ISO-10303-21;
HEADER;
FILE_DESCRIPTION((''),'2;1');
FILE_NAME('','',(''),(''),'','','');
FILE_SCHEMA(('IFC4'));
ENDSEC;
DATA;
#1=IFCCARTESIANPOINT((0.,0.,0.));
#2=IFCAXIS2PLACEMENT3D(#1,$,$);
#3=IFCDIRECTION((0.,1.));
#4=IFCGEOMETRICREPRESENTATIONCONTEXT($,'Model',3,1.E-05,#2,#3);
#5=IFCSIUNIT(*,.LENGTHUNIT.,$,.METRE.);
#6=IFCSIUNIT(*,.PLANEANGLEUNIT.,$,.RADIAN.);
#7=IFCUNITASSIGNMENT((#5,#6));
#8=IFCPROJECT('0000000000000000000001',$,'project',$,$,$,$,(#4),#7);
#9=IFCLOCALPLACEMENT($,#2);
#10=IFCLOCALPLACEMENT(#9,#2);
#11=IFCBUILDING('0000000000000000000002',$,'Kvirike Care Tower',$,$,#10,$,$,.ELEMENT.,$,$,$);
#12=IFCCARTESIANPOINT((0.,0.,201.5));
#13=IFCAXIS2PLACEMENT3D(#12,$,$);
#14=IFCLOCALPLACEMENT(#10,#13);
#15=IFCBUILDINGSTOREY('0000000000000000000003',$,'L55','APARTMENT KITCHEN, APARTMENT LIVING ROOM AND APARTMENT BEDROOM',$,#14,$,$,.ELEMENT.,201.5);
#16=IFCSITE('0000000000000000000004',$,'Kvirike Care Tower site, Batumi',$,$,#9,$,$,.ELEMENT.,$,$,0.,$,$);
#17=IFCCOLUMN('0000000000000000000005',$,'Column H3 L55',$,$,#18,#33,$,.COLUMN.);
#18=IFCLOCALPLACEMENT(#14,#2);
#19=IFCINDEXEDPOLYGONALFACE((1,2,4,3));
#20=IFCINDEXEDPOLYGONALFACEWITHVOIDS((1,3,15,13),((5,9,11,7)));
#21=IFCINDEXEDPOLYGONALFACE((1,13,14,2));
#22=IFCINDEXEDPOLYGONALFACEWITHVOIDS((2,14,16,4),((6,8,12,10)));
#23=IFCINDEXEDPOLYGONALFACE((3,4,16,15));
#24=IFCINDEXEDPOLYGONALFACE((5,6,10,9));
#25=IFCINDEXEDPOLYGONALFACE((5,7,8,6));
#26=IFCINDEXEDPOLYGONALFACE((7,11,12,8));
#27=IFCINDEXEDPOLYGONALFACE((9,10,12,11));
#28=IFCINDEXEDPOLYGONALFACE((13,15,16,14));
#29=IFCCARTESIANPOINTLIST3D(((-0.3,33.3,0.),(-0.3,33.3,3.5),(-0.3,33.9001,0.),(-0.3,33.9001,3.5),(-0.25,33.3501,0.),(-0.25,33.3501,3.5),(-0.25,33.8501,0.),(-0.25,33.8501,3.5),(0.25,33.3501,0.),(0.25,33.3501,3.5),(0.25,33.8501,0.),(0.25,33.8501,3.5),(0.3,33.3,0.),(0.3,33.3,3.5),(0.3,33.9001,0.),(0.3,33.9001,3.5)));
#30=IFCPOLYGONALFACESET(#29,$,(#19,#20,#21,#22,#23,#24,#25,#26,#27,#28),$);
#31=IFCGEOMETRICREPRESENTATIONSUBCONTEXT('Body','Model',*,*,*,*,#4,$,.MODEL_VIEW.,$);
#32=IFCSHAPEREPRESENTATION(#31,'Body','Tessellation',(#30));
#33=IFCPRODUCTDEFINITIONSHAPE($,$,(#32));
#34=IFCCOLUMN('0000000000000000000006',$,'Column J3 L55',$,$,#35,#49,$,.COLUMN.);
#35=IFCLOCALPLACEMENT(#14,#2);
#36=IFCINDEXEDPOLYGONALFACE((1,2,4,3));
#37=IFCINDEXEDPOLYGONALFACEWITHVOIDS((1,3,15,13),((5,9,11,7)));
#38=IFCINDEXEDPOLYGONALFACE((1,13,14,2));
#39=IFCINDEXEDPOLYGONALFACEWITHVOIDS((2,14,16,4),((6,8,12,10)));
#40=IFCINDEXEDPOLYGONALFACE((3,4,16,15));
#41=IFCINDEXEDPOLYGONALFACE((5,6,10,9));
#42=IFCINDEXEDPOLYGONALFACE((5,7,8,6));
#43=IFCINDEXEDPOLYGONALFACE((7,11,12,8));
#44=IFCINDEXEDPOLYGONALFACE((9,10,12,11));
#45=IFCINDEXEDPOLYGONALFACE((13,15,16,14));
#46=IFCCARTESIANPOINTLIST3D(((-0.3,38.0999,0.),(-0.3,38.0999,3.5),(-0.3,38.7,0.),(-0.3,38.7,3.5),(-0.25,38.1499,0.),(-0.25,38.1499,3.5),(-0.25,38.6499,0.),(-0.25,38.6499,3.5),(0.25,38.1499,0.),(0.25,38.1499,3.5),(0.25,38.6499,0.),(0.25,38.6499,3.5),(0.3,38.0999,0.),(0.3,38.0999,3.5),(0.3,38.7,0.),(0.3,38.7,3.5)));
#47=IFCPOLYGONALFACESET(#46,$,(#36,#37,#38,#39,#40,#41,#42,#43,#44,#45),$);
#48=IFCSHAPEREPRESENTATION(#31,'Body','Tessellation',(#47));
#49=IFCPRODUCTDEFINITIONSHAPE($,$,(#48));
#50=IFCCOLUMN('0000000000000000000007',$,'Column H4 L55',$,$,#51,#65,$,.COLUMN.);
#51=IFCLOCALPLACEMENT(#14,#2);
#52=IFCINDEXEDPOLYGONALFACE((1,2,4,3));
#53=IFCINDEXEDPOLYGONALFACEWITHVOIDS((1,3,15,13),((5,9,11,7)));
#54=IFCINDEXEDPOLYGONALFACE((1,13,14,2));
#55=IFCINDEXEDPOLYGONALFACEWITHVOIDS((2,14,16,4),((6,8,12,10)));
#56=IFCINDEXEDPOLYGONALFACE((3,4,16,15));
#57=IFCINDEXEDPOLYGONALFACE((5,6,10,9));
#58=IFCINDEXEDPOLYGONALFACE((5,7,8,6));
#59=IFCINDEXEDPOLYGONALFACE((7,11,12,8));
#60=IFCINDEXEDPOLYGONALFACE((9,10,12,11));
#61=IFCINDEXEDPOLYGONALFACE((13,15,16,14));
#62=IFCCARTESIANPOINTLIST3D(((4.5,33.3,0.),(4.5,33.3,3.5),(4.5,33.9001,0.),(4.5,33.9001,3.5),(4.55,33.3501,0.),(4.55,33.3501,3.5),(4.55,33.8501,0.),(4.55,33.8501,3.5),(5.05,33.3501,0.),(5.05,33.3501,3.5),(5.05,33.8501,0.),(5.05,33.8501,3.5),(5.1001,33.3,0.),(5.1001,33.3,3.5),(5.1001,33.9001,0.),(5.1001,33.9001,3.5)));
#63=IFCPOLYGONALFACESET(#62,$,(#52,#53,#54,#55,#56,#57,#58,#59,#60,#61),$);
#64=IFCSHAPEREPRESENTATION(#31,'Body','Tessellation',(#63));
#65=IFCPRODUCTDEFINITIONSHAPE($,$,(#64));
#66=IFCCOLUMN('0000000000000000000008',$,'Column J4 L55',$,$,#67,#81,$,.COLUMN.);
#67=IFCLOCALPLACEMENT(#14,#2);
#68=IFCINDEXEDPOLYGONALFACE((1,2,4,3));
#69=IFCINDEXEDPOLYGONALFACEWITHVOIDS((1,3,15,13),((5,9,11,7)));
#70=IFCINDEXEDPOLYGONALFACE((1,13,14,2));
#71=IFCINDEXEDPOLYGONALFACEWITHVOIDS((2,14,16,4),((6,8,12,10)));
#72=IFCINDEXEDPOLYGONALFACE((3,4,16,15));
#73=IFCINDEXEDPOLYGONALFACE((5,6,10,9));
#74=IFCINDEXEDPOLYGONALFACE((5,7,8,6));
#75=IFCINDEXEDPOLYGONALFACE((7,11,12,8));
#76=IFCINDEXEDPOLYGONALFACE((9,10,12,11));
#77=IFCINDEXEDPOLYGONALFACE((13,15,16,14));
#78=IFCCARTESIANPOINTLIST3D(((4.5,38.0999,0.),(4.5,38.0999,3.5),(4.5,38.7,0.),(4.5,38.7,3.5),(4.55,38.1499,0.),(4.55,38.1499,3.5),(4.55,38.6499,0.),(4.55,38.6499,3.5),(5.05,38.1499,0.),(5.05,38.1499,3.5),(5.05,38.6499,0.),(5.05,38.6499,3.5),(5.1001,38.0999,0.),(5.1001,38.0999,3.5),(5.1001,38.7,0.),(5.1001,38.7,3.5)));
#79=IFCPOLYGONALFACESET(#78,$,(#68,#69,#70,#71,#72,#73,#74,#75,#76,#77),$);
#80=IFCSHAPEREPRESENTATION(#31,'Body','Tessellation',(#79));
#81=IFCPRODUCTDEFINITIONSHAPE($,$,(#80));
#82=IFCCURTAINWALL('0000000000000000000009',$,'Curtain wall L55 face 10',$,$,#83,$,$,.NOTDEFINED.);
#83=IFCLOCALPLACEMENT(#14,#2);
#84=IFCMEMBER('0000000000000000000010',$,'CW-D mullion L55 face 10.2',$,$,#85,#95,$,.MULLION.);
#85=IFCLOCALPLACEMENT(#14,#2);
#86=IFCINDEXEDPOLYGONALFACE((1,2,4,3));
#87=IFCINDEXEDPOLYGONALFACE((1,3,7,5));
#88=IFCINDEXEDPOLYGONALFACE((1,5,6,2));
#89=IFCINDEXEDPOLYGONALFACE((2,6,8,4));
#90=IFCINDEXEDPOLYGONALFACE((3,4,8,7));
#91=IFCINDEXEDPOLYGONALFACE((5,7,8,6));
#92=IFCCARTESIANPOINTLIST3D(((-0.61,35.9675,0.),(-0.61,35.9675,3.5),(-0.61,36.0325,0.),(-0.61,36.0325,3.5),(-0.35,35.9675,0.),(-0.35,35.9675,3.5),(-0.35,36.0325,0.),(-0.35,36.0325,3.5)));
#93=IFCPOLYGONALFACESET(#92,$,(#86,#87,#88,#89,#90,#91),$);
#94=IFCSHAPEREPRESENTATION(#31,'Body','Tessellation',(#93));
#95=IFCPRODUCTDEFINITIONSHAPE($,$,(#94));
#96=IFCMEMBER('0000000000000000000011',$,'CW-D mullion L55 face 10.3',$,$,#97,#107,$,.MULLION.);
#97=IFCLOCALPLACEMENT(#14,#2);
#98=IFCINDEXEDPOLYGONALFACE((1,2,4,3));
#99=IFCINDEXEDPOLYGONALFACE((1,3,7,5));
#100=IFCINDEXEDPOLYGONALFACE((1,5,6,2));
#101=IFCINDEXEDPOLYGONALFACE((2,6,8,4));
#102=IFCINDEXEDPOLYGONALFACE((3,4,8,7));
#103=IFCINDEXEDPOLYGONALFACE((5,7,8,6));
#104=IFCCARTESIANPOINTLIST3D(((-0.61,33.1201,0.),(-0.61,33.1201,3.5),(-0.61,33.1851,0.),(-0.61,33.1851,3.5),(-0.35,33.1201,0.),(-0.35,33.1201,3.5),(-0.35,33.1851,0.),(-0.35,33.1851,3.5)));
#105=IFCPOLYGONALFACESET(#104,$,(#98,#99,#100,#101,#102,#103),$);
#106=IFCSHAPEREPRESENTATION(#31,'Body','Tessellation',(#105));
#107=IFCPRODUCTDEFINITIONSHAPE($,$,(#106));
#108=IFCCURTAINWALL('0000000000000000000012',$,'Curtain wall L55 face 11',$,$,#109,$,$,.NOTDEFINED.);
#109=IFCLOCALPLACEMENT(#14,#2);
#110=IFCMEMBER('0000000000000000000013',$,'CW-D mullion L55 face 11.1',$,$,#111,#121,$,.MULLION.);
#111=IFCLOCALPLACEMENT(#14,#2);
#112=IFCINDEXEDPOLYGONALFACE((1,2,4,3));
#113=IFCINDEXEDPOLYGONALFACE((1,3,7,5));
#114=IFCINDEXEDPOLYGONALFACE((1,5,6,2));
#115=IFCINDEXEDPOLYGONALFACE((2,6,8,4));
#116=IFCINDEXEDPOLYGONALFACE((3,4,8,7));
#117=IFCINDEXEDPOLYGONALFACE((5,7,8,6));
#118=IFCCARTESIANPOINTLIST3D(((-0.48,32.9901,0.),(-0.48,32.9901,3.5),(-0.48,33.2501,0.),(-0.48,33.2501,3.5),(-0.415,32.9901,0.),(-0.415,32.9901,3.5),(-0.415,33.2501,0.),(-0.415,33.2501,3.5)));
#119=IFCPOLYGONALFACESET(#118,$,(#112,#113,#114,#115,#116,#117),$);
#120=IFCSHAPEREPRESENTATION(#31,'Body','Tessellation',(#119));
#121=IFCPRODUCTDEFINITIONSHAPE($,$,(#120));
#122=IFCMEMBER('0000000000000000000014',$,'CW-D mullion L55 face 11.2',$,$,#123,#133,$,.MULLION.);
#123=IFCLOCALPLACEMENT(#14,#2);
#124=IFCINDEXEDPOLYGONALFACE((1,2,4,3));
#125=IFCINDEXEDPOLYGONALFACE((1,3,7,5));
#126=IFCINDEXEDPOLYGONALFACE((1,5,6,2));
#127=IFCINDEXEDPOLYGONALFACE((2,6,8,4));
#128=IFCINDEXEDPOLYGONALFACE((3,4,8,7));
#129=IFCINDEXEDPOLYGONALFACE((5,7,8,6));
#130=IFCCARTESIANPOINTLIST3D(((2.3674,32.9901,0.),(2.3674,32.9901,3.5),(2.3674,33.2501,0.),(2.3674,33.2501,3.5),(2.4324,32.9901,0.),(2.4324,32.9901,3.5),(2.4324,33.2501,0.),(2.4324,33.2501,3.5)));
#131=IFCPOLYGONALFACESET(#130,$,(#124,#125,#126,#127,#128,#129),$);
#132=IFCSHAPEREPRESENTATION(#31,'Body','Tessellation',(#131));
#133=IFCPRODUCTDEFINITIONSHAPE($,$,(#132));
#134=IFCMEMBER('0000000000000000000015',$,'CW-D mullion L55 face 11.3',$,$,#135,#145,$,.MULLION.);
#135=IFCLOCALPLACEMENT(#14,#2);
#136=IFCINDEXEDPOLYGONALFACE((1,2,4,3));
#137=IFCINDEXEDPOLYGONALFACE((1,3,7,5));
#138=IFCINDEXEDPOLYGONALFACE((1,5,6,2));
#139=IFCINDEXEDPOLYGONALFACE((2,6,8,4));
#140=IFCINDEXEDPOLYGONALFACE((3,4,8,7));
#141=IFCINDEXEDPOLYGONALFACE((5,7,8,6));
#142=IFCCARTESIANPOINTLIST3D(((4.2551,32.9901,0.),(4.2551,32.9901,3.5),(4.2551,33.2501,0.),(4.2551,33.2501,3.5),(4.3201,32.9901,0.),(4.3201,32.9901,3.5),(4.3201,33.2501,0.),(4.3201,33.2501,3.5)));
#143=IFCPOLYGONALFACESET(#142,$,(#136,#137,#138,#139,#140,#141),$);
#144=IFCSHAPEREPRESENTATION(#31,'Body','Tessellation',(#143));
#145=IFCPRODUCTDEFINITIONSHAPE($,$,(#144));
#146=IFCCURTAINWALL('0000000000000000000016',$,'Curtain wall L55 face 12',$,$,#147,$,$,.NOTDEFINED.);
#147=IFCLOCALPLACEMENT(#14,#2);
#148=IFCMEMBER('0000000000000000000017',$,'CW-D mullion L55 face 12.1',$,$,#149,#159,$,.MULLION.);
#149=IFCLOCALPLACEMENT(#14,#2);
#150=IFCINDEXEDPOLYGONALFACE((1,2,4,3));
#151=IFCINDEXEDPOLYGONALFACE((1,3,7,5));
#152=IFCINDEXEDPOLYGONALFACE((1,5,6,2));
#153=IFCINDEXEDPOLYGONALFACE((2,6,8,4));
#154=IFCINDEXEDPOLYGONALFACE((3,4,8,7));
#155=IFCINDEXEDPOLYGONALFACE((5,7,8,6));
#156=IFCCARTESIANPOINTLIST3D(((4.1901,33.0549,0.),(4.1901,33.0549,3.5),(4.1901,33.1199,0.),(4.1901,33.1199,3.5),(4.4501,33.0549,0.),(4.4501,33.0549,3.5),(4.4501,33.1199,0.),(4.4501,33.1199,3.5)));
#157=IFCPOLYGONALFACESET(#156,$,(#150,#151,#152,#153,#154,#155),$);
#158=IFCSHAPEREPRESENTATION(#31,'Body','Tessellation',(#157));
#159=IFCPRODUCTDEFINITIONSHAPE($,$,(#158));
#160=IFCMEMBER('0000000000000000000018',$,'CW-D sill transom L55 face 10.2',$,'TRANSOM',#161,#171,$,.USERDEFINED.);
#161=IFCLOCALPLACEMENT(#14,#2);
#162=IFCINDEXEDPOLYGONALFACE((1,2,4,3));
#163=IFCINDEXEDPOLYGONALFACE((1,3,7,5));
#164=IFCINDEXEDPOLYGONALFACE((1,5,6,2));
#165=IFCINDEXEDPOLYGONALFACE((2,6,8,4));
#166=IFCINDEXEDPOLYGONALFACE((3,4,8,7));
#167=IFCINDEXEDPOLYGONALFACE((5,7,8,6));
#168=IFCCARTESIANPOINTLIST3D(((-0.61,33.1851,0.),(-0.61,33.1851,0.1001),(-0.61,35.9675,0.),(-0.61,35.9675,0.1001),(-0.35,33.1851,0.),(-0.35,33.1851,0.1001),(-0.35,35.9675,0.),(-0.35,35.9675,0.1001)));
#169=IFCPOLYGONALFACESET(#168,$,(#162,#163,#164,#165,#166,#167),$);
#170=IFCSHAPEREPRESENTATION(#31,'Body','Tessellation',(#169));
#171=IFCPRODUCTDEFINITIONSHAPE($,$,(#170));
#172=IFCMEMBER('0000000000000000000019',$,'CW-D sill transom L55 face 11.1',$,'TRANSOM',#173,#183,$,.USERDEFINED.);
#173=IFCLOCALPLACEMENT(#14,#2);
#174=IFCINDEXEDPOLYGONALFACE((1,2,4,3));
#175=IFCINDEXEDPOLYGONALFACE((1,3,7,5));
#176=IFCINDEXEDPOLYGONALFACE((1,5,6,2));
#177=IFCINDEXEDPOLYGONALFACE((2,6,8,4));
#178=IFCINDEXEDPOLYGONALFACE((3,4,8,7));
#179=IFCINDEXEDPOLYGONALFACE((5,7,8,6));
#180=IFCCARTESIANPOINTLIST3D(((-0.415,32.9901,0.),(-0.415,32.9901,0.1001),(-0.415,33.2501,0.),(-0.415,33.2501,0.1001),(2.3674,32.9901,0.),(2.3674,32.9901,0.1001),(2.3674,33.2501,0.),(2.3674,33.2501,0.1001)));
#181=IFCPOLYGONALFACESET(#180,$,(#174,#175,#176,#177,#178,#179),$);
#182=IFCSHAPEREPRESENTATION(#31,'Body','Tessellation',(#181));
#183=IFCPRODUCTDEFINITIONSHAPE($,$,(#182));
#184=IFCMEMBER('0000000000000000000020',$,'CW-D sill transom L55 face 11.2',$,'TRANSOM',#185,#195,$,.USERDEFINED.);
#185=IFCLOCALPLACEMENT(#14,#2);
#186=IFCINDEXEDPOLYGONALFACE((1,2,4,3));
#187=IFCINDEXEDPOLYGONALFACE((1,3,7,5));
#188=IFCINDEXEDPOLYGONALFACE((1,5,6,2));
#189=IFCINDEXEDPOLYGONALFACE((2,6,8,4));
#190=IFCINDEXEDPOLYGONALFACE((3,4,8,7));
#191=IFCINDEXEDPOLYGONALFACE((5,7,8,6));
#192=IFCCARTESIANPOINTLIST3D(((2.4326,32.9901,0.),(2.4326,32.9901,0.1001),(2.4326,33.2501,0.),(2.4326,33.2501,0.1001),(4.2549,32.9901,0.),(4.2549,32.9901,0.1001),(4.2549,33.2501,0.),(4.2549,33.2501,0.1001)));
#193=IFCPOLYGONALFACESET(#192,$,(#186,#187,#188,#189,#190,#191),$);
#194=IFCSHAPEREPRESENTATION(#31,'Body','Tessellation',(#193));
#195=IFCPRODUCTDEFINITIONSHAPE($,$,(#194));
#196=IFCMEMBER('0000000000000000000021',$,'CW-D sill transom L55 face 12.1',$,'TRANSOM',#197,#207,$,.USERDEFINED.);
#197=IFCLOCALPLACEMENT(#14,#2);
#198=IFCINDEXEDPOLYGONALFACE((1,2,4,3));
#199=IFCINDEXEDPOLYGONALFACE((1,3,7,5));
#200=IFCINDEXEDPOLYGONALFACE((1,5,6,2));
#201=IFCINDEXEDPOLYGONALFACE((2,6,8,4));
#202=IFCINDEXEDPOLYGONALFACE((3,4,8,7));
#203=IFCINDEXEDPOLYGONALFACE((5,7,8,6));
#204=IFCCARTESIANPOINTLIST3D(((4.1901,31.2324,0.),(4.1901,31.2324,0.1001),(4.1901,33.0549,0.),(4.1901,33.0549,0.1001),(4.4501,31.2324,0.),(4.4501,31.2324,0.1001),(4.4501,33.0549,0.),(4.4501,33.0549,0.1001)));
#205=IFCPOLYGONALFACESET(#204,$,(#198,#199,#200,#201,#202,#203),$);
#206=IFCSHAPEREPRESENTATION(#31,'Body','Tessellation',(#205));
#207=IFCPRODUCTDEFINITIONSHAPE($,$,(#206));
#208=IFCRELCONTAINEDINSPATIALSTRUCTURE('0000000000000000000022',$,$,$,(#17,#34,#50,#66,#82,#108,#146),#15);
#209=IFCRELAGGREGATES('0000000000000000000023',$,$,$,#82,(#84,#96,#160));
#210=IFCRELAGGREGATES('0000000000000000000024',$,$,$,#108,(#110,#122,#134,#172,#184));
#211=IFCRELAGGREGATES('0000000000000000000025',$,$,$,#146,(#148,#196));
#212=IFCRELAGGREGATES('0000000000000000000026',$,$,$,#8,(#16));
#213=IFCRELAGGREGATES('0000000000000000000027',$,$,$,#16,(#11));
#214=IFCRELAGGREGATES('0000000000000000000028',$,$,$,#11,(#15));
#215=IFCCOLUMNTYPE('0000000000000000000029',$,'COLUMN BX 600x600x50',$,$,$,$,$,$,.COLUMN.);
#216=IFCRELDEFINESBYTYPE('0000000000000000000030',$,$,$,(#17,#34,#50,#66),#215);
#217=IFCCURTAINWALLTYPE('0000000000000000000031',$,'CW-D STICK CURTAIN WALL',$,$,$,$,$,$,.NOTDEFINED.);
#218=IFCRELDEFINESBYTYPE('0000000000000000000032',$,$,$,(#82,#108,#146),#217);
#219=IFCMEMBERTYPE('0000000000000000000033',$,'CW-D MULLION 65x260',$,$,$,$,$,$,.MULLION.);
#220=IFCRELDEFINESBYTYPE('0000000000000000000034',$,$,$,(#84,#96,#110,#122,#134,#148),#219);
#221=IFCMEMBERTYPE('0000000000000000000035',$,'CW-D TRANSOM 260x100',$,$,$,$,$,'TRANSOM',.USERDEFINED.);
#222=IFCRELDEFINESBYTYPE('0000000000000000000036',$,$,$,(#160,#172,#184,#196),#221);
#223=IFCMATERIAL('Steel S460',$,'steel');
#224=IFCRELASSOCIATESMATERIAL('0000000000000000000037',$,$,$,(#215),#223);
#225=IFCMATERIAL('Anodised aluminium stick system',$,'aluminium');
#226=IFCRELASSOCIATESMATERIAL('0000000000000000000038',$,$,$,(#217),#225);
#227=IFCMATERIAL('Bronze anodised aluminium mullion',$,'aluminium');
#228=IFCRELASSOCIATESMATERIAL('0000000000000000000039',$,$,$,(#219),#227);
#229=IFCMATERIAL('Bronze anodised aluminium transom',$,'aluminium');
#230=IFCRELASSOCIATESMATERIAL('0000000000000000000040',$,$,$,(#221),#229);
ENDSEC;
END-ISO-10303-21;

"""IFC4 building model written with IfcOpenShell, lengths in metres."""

from ifc_helpers import new_model, si_unit, direction, frame, origin, origin_2d, place, context, subcontext, project, spatial, rectangle, hollow_rectangle, extrude, material, material_profile, profile_set, type_object, element, aggregate, save


model = new_model("IFC4")

# Units and contexts
model_context = context("Model", 3, precision=1e-05, world=origin(), true_north=direction((0.0, 1.0)))
body_context = subcontext(model_context, "Body", "Model", "MODEL_VIEW")
ifc_project = project(units=[si_unit("LENGTHUNIT", "METRE"), si_unit("PLANEANGLEUNIT", "RADIAN")], contexts=[model_context])

# Site, building, storey
site_placement = place(None, origin())
site = spatial("IfcSite", under=ifc_project, at=site_placement, Name="Kvirike Care Tower site, Batumi", CompositionType="ELEMENT", RefElevation=0.0)
building_placement = place(site_placement, origin())
building = spatial("IfcBuilding", under=site, at=building_placement, Name="Kvirike Care Tower", CompositionType="ELEMENT")
storey_placement = place(building_placement, frame((0.0, 0.0, 201.5)))
storey = spatial("IfcBuildingStorey", under=building, at=storey_placement, Name="L55", Description="APARTMENT KITCHEN, APARTMENT LIVING ROOM AND APARTMENT BEDROOM", CompositionType="ELEMENT", Elevation=201.5)

# Columns
ifc_material_1 = material(Name="Steel S460", Category="steel")
ifc_material_profile_1 = material_profile(ifc_material_1, hollow_rectangle(XDim=0.6001, YDim=0.6001, WallThickness=0.05, at=origin_2d()), Name="BX 600x600x50")
ifc_profile_set_1 = profile_set([ifc_material_profile_1], Name="Steel S460")
column_type = type_object("IfcColumnType", Name="COLUMN BX 600x600x50", PredefinedType="COLUMN", material=ifc_profile_set_1)
for number, where, z_axis, x_axis, name in (
    (1, (0.0, 33.6001, 0.0), (0.0, 0.0, 1.0), (0.0, 1.0, 0.0), "Column H3 L55"),
    (2, (0.0, 38.3999, 0.0), (0.0, 0.0, 1.0), (0.0, 1.0, 0.0), "Column J3 L55"),
    (3, (4.8, 33.6001, 0.0), (0.0, 0.0, 1.0), (0.0, 1.0, 0.0), "Column H4 L55"),
    (4, (4.8, 38.3999, 0.0), (0.0, 0.0, 1.0), (0.0, 1.0, 0.0), "Column J4 L55"),
):
    element("IfcColumn", number, at=place(storey_placement, frame(where, z_axis=z_axis, x_axis=x_axis)), inside=storey, type_object=column_type, Name=name, PredefinedType="COLUMN", context=body_context, shape_type="SweptSolid", body=[
        extrude(hollow_rectangle(XDim=0.6001, YDim=0.6001, WallThickness=0.05, at=origin_2d()), origin(), (0.0, 0.0, 1.0), 3.5),
    ])

# Curtain walls, members
ifc_material_2 = material(Name="Anodised aluminium stick system", Category="aluminium")
curtain_wall_type = type_object("IfcCurtainWallType", Name="CW-D STICK CURTAIN WALL", PredefinedType="NOTDEFINED", material=ifc_material_2)
curtain_wall_1_placement = place(storey_placement, origin())
curtain_wall_1 = element("IfcCurtainWall", 5, at=curtain_wall_1_placement, inside=storey, type_object=curtain_wall_type, Name="Curtain wall L55 face 10", PredefinedType="NOTDEFINED")
ifc_material_3 = material(Name="Bronze anodised aluminium mullion", Category="aluminium")
ifc_material_profile_2 = material_profile(ifc_material_3, rectangle(XDim=0.0649, YDim=0.26, at=origin_2d()), Name="CW-D MULLION 65x260")
ifc_profile_set_2 = profile_set([ifc_material_profile_2], Name="Bronze anodised aluminium mullion")
member_type_1 = type_object("IfcMemberType", Name="CW-D MULLION 65x260", PredefinedType="MULLION", material=ifc_profile_set_2)
member_1_placement = place(storey_placement, frame((-0.48, 36.0, 0.0), z_axis=(0.0, 0.0, 1.0), x_axis=(0.0, -1.0, 0.0)))
member_1 = element("IfcMember", 6, at=member_1_placement, type_object=member_type_1, Name="CW-D mullion L55 face 10.2", PredefinedType="MULLION", context=body_context, shape_type="SweptSolid", body=[
    extrude(rectangle(XDim=0.0649, YDim=0.26, at=origin_2d()), origin(), (0.0, 0.0, 1.0), 3.5),
])
member_2_placement = place(storey_placement, frame((-0.48, 33.1526, 0.0), z_axis=(0.0, 0.0, 1.0), x_axis=(0.0, -1.0, 0.0)))
member_2 = element("IfcMember", 7, at=member_2_placement, type_object=member_type_1, Name="CW-D mullion L55 face 10.3", PredefinedType="MULLION", context=body_context, shape_type="SweptSolid", body=[
    extrude(rectangle(XDim=0.0649, YDim=0.26, at=origin_2d()), origin(), (0.0, 0.0, 1.0), 3.5),
])
curtain_wall_2_placement = place(storey_placement, origin())
curtain_wall_2 = element("IfcCurtainWall", 8, at=curtain_wall_2_placement, inside=storey, type_object=curtain_wall_type, Name="Curtain wall L55 face 11", PredefinedType="NOTDEFINED")
member_3_placement = place(storey_placement, frame((-0.4475, 33.1201, 0.0), z_axis=(0.0, 0.0, 1.0), x_axis=(1.0, 0.0, 0.0)))
member_3 = element("IfcMember", 9, at=member_3_placement, type_object=member_type_1, Name="CW-D mullion L55 face 11.1", PredefinedType="MULLION", context=body_context, shape_type="SweptSolid", body=[
    extrude(rectangle(XDim=0.0649, YDim=0.26, at=origin_2d()), origin(), (0.0, 0.0, 1.0), 3.5),
])
member_4_placement = place(storey_placement, frame((2.3999, 33.1201, 0.0), z_axis=(0.0, 0.0, 1.0), x_axis=(1.0, 0.0, 0.0)))
member_4 = element("IfcMember", 10, at=member_4_placement, type_object=member_type_1, Name="CW-D mullion L55 face 11.2", PredefinedType="MULLION", context=body_context, shape_type="SweptSolid", body=[
    extrude(rectangle(XDim=0.0649, YDim=0.26, at=origin_2d()), origin(), (0.0, 0.0, 1.0), 3.5),
])
member_5_placement = place(storey_placement, frame((4.2876, 33.1201, 0.0), z_axis=(0.0, 0.0, 1.0), x_axis=(1.0, 0.0, 0.0)))
member_5 = element("IfcMember", 11, at=member_5_placement, type_object=member_type_1, Name="CW-D mullion L55 face 11.3", PredefinedType="MULLION", context=body_context, shape_type="SweptSolid", body=[
    extrude(rectangle(XDim=0.0649, YDim=0.26, at=origin_2d()), origin(), (0.0, 0.0, 1.0), 3.5),
])

# Curtain wall, member
curtain_wall_3_placement = place(storey_placement, origin())
curtain_wall_3 = element("IfcCurtainWall", 12, at=curtain_wall_3_placement, inside=storey, type_object=curtain_wall_type, Name="Curtain wall L55 face 12", PredefinedType="NOTDEFINED")
member_6_placement = place(storey_placement, frame((4.3201, 33.0874, 0.0), z_axis=(0.0, 0.0, 1.0), x_axis=(0.0, -1.0, 0.0)))
member_6 = element("IfcMember", 13, at=member_6_placement, type_object=member_type_1, Name="CW-D mullion L55 face 12.1", PredefinedType="MULLION", context=body_context, shape_type="SweptSolid", body=[
    extrude(rectangle(XDim=0.0649, YDim=0.26, at=origin_2d()), origin(), (0.0, 0.0, 1.0), 3.5),
])

# Members
ifc_material_4 = material(Name="Bronze anodised aluminium transom", Category="aluminium")
ifc_material_profile_3 = material_profile(ifc_material_4, rectangle(XDim=0.26, YDim=0.1001, at=origin_2d()), Name="CW-D TRANSOM 260x100")
ifc_profile_set_3 = profile_set([ifc_material_profile_3], Name="Bronze anodised aluminium transom")
member_type_2 = type_object("IfcMemberType", Name="CW-D TRANSOM 260x100", ElementType="TRANSOM", PredefinedType="USERDEFINED", material=ifc_profile_set_3)
member_7_placement = place(storey_placement, frame((-0.48, 35.9675, 0.05), z_axis=(0.0, -1.0, 0.0), x_axis=(1.0, 0.0, 0.0)))
member_7 = element("IfcMember", 14, at=member_7_placement, type_object=member_type_2, Name="CW-D sill transom L55 face 10.2", ObjectType="TRANSOM", PredefinedType="USERDEFINED", context=body_context, shape_type="SweptSolid", body=[
    extrude(rectangle(XDim=0.26, YDim=0.1001, at=origin_2d()), origin(), (0.0, 0.0, 1.0), 2.7825),
])
member_8_placement = place(storey_placement, frame((-0.415, 33.1201, 0.05), z_axis=(1.0, 0.0, 0.0), x_axis=(0.0, 1.0, 0.0)))
member_8 = element("IfcMember", 15, at=member_8_placement, type_object=member_type_2, Name="CW-D sill transom L55 face 11.1", ObjectType="TRANSOM", PredefinedType="USERDEFINED", context=body_context, shape_type="SweptSolid", body=[
    extrude(rectangle(XDim=0.26, YDim=0.1001, at=origin_2d()), origin(), (0.0, 0.0, 1.0), 2.7825),
])
member_9_placement = place(storey_placement, frame((2.4326, 33.1201, 0.05), z_axis=(1.0, 0.0, 0.0), x_axis=(0.0, 1.0, 0.0)))
member_9 = element("IfcMember", 16, at=member_9_placement, type_object=member_type_2, Name="CW-D sill transom L55 face 11.2", ObjectType="TRANSOM", PredefinedType="USERDEFINED", context=body_context, shape_type="SweptSolid", body=[
    extrude(rectangle(XDim=0.26, YDim=0.1001, at=origin_2d()), origin(), (0.0, 0.0, 1.0), 1.8223),
])
member_10_placement = place(storey_placement, frame((4.3201, 33.0549, 0.05), z_axis=(0.0, -1.0, 0.0), x_axis=(1.0, 0.0, 0.0)))
member_10 = element("IfcMember", 17, at=member_10_placement, type_object=member_type_2, Name="CW-D sill transom L55 face 12.1", ObjectType="TRANSOM", PredefinedType="USERDEFINED", context=body_context, shape_type="SweptSolid", body=[
    extrude(rectangle(XDim=0.26, YDim=0.1001, at=origin_2d()), origin(), (0.0, 0.0, 1.0), 1.8225),
])

aggregate(curtain_wall_1, [member_1, member_2, member_7])
aggregate(curtain_wall_2, [member_3, member_4, member_5, member_8, member_9])
aggregate(curtain_wall_3, [member_6, member_10])

save(model, "model.ifc")
